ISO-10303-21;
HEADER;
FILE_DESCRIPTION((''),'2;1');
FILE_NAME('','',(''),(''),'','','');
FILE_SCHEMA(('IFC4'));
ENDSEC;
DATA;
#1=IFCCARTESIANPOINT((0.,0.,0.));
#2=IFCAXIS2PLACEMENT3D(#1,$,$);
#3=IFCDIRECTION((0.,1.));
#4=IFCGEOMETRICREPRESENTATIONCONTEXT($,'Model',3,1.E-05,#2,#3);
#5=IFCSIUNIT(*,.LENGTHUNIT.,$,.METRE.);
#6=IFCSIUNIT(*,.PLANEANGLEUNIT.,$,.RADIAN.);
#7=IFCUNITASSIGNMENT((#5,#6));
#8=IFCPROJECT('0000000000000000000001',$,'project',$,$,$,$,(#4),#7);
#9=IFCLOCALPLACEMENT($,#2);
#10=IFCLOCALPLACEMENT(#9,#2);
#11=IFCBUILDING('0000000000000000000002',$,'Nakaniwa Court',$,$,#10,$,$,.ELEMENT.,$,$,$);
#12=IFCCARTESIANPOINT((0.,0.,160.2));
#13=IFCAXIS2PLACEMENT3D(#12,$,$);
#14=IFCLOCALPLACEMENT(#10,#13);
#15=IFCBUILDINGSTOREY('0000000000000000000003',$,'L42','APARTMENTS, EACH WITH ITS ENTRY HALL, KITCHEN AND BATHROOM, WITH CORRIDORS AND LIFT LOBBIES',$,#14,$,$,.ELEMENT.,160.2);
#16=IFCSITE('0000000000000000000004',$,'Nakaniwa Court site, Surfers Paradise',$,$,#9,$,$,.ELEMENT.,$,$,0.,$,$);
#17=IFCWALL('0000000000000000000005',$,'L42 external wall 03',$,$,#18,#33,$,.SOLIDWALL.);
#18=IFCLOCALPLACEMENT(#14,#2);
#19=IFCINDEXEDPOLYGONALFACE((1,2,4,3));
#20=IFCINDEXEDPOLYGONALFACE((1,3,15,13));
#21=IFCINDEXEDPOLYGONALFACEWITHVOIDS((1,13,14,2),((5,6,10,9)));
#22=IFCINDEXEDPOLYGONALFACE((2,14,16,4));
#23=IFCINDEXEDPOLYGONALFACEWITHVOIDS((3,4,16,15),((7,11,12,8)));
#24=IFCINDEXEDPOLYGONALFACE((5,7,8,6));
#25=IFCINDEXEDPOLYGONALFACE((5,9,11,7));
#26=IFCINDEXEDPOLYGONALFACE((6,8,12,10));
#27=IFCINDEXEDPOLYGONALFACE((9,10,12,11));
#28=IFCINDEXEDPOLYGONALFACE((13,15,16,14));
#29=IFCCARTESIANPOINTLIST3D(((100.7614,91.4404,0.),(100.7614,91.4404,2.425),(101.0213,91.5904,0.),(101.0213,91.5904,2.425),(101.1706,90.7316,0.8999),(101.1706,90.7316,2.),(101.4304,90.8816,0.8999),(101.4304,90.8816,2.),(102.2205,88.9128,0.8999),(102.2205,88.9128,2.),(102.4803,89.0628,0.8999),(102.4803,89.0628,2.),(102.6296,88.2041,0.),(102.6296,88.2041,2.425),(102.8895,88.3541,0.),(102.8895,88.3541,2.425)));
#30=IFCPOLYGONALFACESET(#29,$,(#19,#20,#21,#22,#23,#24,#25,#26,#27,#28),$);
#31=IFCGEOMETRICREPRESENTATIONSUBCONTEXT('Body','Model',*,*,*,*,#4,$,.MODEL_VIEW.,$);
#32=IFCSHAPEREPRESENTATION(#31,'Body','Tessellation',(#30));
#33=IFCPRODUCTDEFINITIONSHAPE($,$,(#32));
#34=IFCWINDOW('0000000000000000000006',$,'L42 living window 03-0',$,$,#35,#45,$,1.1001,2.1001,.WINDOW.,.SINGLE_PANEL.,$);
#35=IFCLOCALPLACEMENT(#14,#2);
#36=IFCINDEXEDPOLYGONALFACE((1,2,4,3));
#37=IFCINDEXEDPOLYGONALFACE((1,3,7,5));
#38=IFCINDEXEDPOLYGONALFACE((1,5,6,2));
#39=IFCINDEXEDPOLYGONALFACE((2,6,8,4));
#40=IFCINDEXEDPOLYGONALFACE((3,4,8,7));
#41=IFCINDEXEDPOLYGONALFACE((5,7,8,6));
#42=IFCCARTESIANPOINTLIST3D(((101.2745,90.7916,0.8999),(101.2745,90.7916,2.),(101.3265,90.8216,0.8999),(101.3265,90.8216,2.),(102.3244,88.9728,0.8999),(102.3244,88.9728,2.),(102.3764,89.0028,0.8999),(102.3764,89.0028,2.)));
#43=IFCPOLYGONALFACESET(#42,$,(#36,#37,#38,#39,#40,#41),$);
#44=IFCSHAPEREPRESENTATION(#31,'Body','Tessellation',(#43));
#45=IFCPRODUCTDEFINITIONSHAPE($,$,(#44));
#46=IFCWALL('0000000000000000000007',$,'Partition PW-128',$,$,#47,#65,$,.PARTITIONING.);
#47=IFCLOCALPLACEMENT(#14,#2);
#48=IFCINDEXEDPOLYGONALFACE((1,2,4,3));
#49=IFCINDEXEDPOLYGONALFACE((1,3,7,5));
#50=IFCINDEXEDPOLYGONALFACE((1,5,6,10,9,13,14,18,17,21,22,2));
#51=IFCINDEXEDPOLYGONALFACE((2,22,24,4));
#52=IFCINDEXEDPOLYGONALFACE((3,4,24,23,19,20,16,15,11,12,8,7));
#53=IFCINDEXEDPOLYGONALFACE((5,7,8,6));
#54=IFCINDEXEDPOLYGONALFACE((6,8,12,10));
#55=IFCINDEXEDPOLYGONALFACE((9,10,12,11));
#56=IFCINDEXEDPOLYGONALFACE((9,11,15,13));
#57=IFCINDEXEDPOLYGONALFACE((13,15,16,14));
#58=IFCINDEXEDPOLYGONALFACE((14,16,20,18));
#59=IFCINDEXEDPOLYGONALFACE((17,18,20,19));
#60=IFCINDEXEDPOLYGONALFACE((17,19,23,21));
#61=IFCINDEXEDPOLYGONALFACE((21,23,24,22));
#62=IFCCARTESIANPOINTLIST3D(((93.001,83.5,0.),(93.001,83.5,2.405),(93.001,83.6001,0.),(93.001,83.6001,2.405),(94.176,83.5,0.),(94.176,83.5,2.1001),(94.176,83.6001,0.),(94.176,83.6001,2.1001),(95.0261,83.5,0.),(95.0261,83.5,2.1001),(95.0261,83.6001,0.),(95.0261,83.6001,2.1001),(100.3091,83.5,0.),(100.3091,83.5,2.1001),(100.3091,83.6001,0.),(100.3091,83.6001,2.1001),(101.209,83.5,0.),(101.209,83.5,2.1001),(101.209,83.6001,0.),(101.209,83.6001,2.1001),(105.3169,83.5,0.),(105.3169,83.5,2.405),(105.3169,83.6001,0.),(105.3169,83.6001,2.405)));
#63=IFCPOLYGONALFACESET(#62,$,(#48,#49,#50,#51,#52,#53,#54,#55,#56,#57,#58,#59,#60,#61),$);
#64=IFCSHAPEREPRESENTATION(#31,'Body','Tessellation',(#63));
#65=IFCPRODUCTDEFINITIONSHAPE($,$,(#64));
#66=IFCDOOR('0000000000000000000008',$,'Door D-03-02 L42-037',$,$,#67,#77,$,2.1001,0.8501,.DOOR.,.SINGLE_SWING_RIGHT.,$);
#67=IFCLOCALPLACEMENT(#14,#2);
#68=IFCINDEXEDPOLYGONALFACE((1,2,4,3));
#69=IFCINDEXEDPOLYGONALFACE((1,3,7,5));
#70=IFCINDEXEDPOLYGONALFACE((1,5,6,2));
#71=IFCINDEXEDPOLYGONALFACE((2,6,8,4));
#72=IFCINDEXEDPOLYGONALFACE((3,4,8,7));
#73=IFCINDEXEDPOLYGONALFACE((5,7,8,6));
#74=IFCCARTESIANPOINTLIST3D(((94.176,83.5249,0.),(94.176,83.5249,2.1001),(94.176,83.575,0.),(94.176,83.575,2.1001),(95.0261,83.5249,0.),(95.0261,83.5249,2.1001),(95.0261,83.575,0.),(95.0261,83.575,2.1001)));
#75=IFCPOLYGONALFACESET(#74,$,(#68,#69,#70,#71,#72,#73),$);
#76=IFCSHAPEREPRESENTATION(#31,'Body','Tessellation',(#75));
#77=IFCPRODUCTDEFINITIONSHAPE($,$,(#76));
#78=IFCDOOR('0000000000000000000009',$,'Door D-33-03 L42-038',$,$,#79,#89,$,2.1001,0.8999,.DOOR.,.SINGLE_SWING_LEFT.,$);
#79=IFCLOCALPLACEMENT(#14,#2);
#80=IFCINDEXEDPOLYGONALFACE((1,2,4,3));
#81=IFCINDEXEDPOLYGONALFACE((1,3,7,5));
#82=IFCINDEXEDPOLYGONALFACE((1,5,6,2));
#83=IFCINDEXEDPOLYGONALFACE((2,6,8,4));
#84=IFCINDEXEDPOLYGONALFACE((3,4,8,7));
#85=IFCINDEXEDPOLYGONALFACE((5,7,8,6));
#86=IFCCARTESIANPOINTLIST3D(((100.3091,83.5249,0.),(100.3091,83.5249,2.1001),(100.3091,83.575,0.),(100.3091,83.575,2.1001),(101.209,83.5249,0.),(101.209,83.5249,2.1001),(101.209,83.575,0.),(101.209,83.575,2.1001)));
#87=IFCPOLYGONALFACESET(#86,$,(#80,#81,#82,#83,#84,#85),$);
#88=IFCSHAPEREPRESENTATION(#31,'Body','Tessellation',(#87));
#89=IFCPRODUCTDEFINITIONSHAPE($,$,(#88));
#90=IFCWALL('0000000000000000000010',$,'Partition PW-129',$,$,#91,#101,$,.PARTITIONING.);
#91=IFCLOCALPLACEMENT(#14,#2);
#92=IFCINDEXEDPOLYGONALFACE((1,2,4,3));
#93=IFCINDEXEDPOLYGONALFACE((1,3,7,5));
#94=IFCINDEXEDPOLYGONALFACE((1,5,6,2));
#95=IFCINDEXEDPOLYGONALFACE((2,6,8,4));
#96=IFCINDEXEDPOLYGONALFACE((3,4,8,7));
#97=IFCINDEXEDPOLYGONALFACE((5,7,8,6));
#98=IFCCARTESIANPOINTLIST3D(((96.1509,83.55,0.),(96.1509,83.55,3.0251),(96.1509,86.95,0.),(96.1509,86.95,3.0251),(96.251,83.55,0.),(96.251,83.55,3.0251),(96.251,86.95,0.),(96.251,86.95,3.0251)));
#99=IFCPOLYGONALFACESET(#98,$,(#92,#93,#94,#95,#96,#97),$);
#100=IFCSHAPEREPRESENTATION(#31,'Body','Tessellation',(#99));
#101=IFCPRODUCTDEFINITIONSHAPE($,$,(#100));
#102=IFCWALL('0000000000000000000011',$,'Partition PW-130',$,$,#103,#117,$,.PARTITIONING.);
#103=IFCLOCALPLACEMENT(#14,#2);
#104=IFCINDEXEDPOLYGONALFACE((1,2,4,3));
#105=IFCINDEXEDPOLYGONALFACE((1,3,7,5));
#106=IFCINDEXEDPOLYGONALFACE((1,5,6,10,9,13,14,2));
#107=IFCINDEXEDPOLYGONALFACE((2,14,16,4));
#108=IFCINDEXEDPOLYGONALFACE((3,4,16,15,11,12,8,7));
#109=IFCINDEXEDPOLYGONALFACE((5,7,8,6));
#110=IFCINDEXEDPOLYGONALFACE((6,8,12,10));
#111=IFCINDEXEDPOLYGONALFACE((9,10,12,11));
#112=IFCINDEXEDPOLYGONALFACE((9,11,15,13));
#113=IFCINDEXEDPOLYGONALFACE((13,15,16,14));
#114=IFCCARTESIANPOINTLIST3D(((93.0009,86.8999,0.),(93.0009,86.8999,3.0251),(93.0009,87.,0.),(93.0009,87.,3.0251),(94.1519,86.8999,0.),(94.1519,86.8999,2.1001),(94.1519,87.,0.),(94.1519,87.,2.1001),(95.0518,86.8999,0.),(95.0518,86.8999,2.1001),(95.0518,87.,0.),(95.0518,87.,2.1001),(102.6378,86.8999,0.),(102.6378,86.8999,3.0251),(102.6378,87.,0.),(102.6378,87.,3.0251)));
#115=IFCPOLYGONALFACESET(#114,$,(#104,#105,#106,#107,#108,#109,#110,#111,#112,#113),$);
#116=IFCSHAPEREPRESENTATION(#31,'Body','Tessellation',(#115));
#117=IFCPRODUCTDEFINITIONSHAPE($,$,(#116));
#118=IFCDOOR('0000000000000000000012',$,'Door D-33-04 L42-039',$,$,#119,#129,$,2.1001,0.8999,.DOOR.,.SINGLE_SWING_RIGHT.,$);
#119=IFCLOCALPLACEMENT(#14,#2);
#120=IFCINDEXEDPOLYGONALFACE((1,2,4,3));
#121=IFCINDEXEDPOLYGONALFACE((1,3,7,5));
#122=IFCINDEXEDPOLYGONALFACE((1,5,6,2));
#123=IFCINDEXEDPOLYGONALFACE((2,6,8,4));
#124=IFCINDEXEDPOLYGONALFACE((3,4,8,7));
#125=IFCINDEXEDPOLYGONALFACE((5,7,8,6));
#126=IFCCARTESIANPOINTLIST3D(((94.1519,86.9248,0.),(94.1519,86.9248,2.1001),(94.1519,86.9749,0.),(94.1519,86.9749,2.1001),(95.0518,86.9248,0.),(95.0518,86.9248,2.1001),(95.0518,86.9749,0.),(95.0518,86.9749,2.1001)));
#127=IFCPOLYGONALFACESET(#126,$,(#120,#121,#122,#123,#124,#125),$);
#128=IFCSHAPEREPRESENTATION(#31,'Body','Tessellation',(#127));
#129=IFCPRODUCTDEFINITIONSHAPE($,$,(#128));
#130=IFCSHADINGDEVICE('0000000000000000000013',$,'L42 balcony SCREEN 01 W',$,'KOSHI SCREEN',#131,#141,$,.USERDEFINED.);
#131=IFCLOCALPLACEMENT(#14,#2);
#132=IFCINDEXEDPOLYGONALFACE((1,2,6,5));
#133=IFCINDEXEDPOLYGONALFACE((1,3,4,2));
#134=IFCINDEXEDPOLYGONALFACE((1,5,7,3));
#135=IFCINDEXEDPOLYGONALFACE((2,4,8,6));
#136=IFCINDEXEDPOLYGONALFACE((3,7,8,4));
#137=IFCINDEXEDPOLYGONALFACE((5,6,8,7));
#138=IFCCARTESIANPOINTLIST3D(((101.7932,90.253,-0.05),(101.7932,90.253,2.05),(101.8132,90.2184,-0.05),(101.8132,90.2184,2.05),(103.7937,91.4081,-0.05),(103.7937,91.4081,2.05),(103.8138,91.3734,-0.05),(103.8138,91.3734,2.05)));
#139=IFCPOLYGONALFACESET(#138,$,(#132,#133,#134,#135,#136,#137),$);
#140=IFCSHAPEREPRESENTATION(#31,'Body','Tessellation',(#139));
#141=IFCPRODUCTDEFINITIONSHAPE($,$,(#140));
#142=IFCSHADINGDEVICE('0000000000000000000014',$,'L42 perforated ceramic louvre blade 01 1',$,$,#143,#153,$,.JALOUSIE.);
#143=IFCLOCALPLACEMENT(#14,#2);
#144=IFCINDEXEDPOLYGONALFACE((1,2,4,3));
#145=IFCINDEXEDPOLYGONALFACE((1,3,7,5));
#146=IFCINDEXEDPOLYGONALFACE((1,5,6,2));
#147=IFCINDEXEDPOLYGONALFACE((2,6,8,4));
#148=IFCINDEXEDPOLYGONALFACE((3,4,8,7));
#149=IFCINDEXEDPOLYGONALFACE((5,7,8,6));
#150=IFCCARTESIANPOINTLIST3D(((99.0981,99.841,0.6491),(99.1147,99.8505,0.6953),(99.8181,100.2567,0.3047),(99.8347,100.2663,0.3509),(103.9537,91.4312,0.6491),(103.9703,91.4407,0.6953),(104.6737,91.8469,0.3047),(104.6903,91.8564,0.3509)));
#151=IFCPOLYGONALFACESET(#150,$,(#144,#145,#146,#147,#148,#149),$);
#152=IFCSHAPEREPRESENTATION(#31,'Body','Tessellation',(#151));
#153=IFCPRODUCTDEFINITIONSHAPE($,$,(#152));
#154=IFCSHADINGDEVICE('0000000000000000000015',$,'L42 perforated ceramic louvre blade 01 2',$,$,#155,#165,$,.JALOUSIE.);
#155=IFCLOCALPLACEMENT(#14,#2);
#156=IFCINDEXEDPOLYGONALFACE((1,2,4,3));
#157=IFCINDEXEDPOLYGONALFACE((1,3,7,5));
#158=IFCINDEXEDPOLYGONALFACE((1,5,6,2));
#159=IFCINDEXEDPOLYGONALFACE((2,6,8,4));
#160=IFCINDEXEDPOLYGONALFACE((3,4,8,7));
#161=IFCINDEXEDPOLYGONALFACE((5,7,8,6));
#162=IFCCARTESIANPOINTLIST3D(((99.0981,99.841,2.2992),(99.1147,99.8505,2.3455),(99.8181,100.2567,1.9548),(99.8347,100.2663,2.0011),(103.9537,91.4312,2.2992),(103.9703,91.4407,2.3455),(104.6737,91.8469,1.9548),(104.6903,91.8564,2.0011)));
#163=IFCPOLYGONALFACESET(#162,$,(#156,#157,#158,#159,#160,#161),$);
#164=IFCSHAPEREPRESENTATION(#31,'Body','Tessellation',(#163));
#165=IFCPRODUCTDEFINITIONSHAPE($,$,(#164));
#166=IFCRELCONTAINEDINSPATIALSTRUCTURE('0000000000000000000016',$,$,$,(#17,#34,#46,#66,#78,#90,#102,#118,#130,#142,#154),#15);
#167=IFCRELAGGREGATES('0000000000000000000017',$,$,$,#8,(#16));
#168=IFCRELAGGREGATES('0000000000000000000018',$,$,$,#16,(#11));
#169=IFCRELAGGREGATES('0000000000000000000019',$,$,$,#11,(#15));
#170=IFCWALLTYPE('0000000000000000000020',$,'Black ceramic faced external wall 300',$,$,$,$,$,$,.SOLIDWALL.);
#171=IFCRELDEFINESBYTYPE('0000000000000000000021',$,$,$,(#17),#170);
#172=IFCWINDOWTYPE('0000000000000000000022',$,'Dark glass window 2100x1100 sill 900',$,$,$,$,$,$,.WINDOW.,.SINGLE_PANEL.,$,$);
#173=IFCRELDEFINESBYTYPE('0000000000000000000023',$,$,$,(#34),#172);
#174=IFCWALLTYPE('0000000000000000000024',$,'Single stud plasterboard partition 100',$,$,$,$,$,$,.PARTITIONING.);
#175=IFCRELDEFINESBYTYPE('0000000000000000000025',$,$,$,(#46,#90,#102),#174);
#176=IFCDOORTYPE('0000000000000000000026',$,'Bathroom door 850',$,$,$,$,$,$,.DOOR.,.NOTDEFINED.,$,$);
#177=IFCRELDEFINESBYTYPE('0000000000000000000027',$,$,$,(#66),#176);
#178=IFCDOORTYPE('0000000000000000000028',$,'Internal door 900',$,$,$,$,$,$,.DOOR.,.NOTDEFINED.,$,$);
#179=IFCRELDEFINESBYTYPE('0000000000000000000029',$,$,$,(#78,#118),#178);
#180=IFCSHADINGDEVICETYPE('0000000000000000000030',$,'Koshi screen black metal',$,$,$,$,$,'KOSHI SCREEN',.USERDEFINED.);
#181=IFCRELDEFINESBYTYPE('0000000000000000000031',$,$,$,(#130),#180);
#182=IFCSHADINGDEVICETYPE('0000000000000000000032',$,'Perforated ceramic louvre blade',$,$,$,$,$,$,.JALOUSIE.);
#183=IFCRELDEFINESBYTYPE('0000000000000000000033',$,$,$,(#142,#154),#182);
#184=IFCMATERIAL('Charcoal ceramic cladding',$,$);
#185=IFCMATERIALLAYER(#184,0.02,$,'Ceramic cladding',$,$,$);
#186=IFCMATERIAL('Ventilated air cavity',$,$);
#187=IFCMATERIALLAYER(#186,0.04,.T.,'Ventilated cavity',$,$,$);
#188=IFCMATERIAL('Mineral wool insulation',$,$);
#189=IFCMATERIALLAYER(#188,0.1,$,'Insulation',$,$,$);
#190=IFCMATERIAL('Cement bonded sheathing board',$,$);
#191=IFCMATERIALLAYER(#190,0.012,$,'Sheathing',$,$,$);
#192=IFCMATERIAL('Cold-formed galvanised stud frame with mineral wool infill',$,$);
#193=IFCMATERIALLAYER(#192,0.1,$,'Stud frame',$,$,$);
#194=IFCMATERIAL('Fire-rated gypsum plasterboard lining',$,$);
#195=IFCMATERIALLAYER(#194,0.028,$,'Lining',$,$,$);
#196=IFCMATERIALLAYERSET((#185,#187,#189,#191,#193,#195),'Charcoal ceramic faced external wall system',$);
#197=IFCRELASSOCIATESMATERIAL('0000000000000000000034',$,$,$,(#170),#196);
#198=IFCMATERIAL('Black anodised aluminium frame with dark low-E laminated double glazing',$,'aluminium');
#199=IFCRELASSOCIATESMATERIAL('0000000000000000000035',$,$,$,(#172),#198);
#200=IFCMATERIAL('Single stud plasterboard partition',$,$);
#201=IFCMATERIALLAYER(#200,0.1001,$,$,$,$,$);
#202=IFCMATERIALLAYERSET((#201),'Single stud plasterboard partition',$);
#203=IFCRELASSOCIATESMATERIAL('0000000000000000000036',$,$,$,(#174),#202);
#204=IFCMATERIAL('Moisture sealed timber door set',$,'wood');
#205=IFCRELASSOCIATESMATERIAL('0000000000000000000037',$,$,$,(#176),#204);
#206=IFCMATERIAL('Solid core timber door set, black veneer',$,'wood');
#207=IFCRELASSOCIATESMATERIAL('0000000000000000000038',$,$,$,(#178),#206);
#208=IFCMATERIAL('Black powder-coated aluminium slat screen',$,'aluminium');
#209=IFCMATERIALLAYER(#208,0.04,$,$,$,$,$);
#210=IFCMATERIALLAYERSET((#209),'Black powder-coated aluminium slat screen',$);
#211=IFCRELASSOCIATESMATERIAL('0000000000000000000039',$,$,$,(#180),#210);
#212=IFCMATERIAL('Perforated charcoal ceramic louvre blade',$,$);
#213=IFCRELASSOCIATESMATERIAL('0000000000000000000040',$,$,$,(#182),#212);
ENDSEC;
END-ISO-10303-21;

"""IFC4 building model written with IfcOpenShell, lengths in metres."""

from ifc_helpers import new_model, si_unit, direction, frame, frame_2d, origin, origin_2d, place, context, subcontext, project, spatial, rectangle, extrude, material, layer, layer_set, material_profile, profile_set, type_object, element, fill, save


model = new_model("IFC4")

# Units and contexts
model_context = context("Model", 3, precision=1e-05, world=origin(), true_north=direction((0.0, 1.0)))
body_context = subcontext(model_context, "Body", "Model", "MODEL_VIEW")
ifc_project = project(units=[si_unit("LENGTHUNIT", "METRE"), si_unit("PLANEANGLEUNIT", "RADIAN")], contexts=[model_context])

# Site, building, storey
site_placement = place(None, origin())
site = spatial("IfcSite", under=ifc_project, at=site_placement, Name="Nakaniwa Court site, Surfers Paradise", CompositionType="ELEMENT", RefElevation=0.0)
building_placement = place(site_placement, origin())
building = spatial("IfcBuilding", under=site, at=building_placement, Name="Nakaniwa Court", CompositionType="ELEMENT")
storey_placement = place(building_placement, frame((0.0, 0.0, 160.2)))
storey = spatial("IfcBuildingStorey", under=building, at=storey_placement, Name="L42", Description="APARTMENTS, EACH WITH ITS ENTRY HALL, KITCHEN AND BATHROOM, WITH CORRIDORS AND LIFT LOBBIES", CompositionType="ELEMENT", Elevation=160.2)

# Shared definitions
ifc_material_1 = material(Name="Solid core timber door set, black veneer", Category="wood")

# Shared definitions
ifc_material_2 = material(Name="Charcoal ceramic cladding")
ifc_layer_1 = layer(ifc_material_2, 0.02, Name="Ceramic cladding")
ifc_material_3 = material(Name="Ventilated air cavity")
ifc_layer_2 = layer(ifc_material_3, 0.04, ventilated=True, Name="Ventilated cavity")
ifc_material_4 = material(Name="Mineral wool insulation")
ifc_layer_3 = layer(ifc_material_4, 0.1, Name="Insulation")
ifc_material_5 = material(Name="Cement bonded sheathing board")
ifc_layer_4 = layer(ifc_material_5, 0.012, Name="Sheathing")
ifc_material_6 = material(Name="Cold-formed galvanised stud frame with mineral wool infill")
ifc_layer_5 = layer(ifc_material_6, 0.1, Name="Stud frame")
ifc_material_7 = material(Name="Fire-rated gypsum plasterboard lining")
ifc_layer_6 = layer(ifc_material_7, 0.028, Name="Lining")
ifc_layer_set_1 = layer_set([ifc_layer_1, ifc_layer_2, ifc_layer_3, ifc_layer_4, ifc_layer_5, ifc_layer_6], Name="Charcoal ceramic faced external wall system")
wall_type_1 = type_object("IfcWallType", Name="Black ceramic faced external wall 300", PredefinedType="SOLIDWALL", material=ifc_layer_set_1)

# Wall, opening, window
ifc_material_8 = material(Name="Black anodised aluminium frame with dark low-E laminated double glazing", Category="aluminium")
window_type = type_object("IfcWindowType", Name="Dark glass window 2100x1100 sill 900", PartitioningType="SINGLE_PANEL", PredefinedType="WINDOW", material=ifc_material_8)
wall_1_placement = place(storey_placement, frame((102.7595, 88.2791, 0.0), z_axis=(0.0, 0.0, 1.0), x_axis=(-0.499934, 0.866064, 0.0)))
wall_1 = element("IfcWall", 1, at=wall_1_placement, inside=storey, type_object=wall_type_1, Name="L42 external wall 03", PredefinedType="SOLIDWALL", context=body_context, shape_type="SweptSolid", body=[
    extrude(rectangle(XDim=3.7368, YDim=0.3, at=frame_2d((1.8684, 0.0))), origin(), (0.0, 0.0, 1.0), 2.425),
])
opening_1_placement = place(wall_1_placement, frame((0.8184, 0.0, 0.8999)))
opening_1 = element("IfcOpeningElement", 2, at=opening_1_placement, cuts=wall_1, PredefinedType="OPENING", context=body_context, shape_type="SweptSolid", body=[
    extrude(rectangle(XDim=2.1001, YDim=1.1001, at=frame_2d((1.05, 0.55))), frame((0.0, 0.1599, 0.0), z_axis=(0.0, -1.0, 0.0), x_axis=(1.0, 0.0, 0.0)), (0.0, 0.0, 1.0), 0.3201),
])
window_1_placement = place(opening_1_placement, origin())
window_1 = element("IfcWindow", 3, at=window_1_placement, inside=storey, type_object=window_type, Name="L42 living window 03-0", OverallHeight=1.1001, OverallWidth=2.1001, PartitioningType="SINGLE_PANEL", PredefinedType="WINDOW", context=body_context, shape_type="SweptSolid", body=[
    extrude(rectangle(XDim=2.1001, YDim=1.1001, at=frame_2d((1.05, 0.55))), frame((0.0, 0.03, 0.0), z_axis=(0.0, -1.0, 0.0), x_axis=(1.0, 0.0, 0.0)), (0.0, 0.0, 1.0), 0.0601),
])
fill(opening_1, window_1)

# Wall, openings, doors
ifc_material_9 = material(Name="Single stud plasterboard partition")
ifc_layer_7 = layer(ifc_material_9, 0.1001)
ifc_layer_set_2 = layer_set([ifc_layer_7], Name="Single stud plasterboard partition")
wall_type_2 = type_object("IfcWallType", Name="Single stud plasterboard partition 100", PredefinedType="PARTITIONING", material=ifc_layer_set_2)
wall_2_placement = place(storey_placement, frame((93.001, 83.55, 0.0), z_axis=(0.0, 0.0, 1.0), x_axis=(1.0, 0.0, 0.0)))
wall_2 = element("IfcWall", 4, at=wall_2_placement, inside=storey, type_object=wall_type_2, Name="Partition PW-128", PredefinedType="PARTITIONING", context=body_context, shape_type="SweptSolid", body=[
    extrude(rectangle(XDim=12.3159, YDim=0.1001, at=frame_2d((6.158, 0.0))), origin(), (0.0, 0.0, 1.0), 2.405),
])
opening_2_placement = place(wall_2_placement, frame((1.175, 0.0, 0.0)))
opening_2 = element("IfcOpeningElement", 5, at=opening_2_placement, cuts=wall_2, PredefinedType="OPENING", context=body_context, shape_type="SweptSolid", body=[
    extrude(rectangle(XDim=0.8501, YDim=2.1001, at=frame_2d((0.425, 1.05))), frame((0.0, 0.0601, 0.0), z_axis=(0.0, -1.0, 0.0), x_axis=(1.0, 0.0, 0.0)), (0.0, 0.0, 1.0), 0.1201),
])
opening_3_placement = place(wall_2_placement, frame((7.3081, 0.0, 0.0)))
opening_3 = element("IfcOpeningElement", 6, at=opening_3_placement, cuts=wall_2, PredefinedType="OPENING", context=body_context, shape_type="SweptSolid", body=[
    extrude(rectangle(XDim=0.8999, YDim=2.1001, at=frame_2d((0.45, 1.05))), frame((0.0, 0.0601, 0.0), z_axis=(0.0, -1.0, 0.0), x_axis=(1.0, 0.0, 0.0)), (0.0, 0.0, 1.0), 0.1201),
])
ifc_material_10 = material(Name="Moisture sealed timber door set", Category="wood")
door_type_1 = type_object("IfcDoorType", Name="Bathroom door 850", OperationType="NOTDEFINED", PredefinedType="DOOR", material=ifc_material_10)
door_1_placement = place(opening_2_placement, origin())
door_1 = element("IfcDoor", 7, at=door_1_placement, inside=storey, type_object=door_type_1, Name="Door D-03-02 L42-037", OperationType="SINGLE_SWING_RIGHT", OverallHeight=2.1001, OverallWidth=0.8501, PredefinedType="DOOR", context=body_context, shape_type="SweptSolid", body=[
    extrude(rectangle(XDim=0.8501, YDim=2.1001, at=frame_2d((0.425, 1.05))), frame((0.0, 0.0249, 0.0), z_axis=(0.0, -1.0, 0.0), x_axis=(1.0, 0.0, 0.0)), (0.0, 0.0, 1.0), 0.05),
])
fill(opening_2, door_1)
door_type_2 = type_object("IfcDoorType", Name="Internal door 900", OperationType="NOTDEFINED", PredefinedType="DOOR", material=ifc_material_1)
door_2_placement = place(opening_3_placement, origin())
door_2 = element("IfcDoor", 8, at=door_2_placement, inside=storey, type_object=door_type_2, Name="Door D-33-03 L42-038", OperationType="SINGLE_SWING_LEFT", OverallHeight=2.1001, OverallWidth=0.8999, PredefinedType="DOOR", context=body_context, shape_type="SweptSolid", body=[
    extrude(rectangle(XDim=0.8999, YDim=2.1001, at=frame_2d((0.45, 1.05))), frame((0.0, 0.0249, 0.0), z_axis=(0.0, -1.0, 0.0), x_axis=(1.0, 0.0, 0.0)), (0.0, 0.0, 1.0), 0.05),
])
fill(opening_3, door_2)

# Wall
wall_3_placement = place(storey_placement, frame((96.2009, 83.55, 0.0), z_axis=(0.0, 0.0, 1.0), x_axis=(0.0, 1.0, 0.0)))
element("IfcWall", 9, at=wall_3_placement, inside=storey, type_object=wall_type_2, Name="Partition PW-129", PredefinedType="PARTITIONING", context=body_context, shape_type="SweptSolid", body=[
    extrude(rectangle(XDim=3.3999, YDim=0.1001, at=frame_2d((1.7, 0.0))), origin(), (0.0, 0.0, 1.0), 3.0251),
])

# Wall, opening, door
wall_4_placement = place(storey_placement, frame((93.001, 86.95, 0.0), z_axis=(0.0, 0.0, 1.0), x_axis=(1.0, 0.0, 0.0)))
wall_4 = element("IfcWall", 10, at=wall_4_placement, inside=storey, type_object=wall_type_2, Name="Partition PW-130", PredefinedType="PARTITIONING", context=body_context, shape_type="SweptSolid", body=[
    extrude(rectangle(XDim=9.637, YDim=0.1001, at=frame_2d((4.8184, 0.0))), origin(), (0.0, 0.0, 1.0), 3.0251),
])
opening_4_placement = place(wall_4_placement, frame((1.1509, 0.0, 0.0)))
opening_4 = element("IfcOpeningElement", 11, at=opening_4_placement, cuts=wall_4, PredefinedType="OPENING", context=body_context, shape_type="SweptSolid", body=[
    extrude(rectangle(XDim=0.8999, YDim=2.1001, at=frame_2d((0.45, 1.05))), frame((0.0, 0.0601, 0.0), z_axis=(0.0, -1.0, 0.0), x_axis=(1.0, 0.0, 0.0)), (0.0, 0.0, 1.0), 0.1201),
])
door_3_placement = place(opening_4_placement, origin())
door_3 = element("IfcDoor", 12, at=door_3_placement, inside=storey, type_object=door_type_2, Name="Door D-33-04 L42-039", OperationType="SINGLE_SWING_RIGHT", OverallHeight=2.1001, OverallWidth=0.8999, PredefinedType="DOOR", context=body_context, shape_type="SweptSolid", body=[
    extrude(rectangle(XDim=0.8999, YDim=2.1001, at=frame_2d((0.45, 1.05))), frame((0.0, 0.0249, 0.0), z_axis=(0.0, -1.0, 0.0), x_axis=(1.0, 0.0, 0.0)), (0.0, 0.0, 1.0), 0.05),
])
fill(opening_4, door_3)

# Shading devices
ifc_material_11 = material(Name="Black powder-coated aluminium slat screen", Category="aluminium")
ifc_layer_8 = layer(ifc_material_11, 0.04)
ifc_layer_set_3 = layer_set([ifc_layer_8], Name="Black powder-coated aluminium slat screen")
shading_device_type_1 = type_object("IfcShadingDeviceType", Name="Koshi screen black metal", ElementType="KOSHI SCREEN", PredefinedType="USERDEFINED", material=ifc_layer_set_3)
shading_device_placement = place(storey_placement, frame((102.8035, 90.8132, -0.05), z_axis=(0.0, 0.0, 1.0), x_axis=(-0.500005, 0.866023, 0.0)))
element("IfcShadingDevice", 13, at=shading_device_placement, inside=storey, type_object=shading_device_type_1, Name="L42 balcony SCREEN 01 W", ObjectType="KOSHI SCREEN", PredefinedType="USERDEFINED", context=body_context, shape_type="SweptSolid", body=[
    extrude(rectangle(XDim=0.04, YDim=2.3101, at=origin_2d()), origin(), (0.0, 0.0, 1.0), 2.1001),
])
ifc_material_12 = material(Name="Perforated charcoal ceramic louvre blade")
ifc_material_profile_1 = material_profile(ifc_material_12, rectangle(XDim=0.8999, YDim=0.05, at=origin_2d()), Name="Perforated ceramic louvre blade")
ifc_profile_set_1 = profile_set([ifc_material_profile_1], Name="Perforated charcoal ceramic louvre blade")
shading_device_type_2 = type_object("IfcShadingDeviceType", Name="Perforated ceramic louvre blade", PredefinedType="JALOUSIE", material=ifc_profile_set_1)
for number, where, z_axis, x_axis, name in (
    (14, (104.322, 91.6438, 0.5), (-0.500019, 0.866014, 0.0), (-0.800093, -0.461957, 0.382683), "L42 perforated ceramic louvre blade 01 1"),
    (15, (104.322, 91.6438, 2.1501), (-0.500019, 0.866014, 0.0), (-0.800093, -0.461957, 0.382683), "L42 perforated ceramic louvre blade 01 2"),
):
    element("IfcShadingDevice", number, at=place(storey_placement, frame(where, z_axis=z_axis, x_axis=x_axis)), inside=storey, type_object=shading_device_type_2, Name=name, PredefinedType="JALOUSIE", context=body_context, shape_type="SweptSolid", body=[
        extrude(rectangle(XDim=0.8999, YDim=0.05, at=origin_2d()), origin(), (0.0, 0.0, 1.0), 9.7109),
    ])

save(model, "model.ifc")
